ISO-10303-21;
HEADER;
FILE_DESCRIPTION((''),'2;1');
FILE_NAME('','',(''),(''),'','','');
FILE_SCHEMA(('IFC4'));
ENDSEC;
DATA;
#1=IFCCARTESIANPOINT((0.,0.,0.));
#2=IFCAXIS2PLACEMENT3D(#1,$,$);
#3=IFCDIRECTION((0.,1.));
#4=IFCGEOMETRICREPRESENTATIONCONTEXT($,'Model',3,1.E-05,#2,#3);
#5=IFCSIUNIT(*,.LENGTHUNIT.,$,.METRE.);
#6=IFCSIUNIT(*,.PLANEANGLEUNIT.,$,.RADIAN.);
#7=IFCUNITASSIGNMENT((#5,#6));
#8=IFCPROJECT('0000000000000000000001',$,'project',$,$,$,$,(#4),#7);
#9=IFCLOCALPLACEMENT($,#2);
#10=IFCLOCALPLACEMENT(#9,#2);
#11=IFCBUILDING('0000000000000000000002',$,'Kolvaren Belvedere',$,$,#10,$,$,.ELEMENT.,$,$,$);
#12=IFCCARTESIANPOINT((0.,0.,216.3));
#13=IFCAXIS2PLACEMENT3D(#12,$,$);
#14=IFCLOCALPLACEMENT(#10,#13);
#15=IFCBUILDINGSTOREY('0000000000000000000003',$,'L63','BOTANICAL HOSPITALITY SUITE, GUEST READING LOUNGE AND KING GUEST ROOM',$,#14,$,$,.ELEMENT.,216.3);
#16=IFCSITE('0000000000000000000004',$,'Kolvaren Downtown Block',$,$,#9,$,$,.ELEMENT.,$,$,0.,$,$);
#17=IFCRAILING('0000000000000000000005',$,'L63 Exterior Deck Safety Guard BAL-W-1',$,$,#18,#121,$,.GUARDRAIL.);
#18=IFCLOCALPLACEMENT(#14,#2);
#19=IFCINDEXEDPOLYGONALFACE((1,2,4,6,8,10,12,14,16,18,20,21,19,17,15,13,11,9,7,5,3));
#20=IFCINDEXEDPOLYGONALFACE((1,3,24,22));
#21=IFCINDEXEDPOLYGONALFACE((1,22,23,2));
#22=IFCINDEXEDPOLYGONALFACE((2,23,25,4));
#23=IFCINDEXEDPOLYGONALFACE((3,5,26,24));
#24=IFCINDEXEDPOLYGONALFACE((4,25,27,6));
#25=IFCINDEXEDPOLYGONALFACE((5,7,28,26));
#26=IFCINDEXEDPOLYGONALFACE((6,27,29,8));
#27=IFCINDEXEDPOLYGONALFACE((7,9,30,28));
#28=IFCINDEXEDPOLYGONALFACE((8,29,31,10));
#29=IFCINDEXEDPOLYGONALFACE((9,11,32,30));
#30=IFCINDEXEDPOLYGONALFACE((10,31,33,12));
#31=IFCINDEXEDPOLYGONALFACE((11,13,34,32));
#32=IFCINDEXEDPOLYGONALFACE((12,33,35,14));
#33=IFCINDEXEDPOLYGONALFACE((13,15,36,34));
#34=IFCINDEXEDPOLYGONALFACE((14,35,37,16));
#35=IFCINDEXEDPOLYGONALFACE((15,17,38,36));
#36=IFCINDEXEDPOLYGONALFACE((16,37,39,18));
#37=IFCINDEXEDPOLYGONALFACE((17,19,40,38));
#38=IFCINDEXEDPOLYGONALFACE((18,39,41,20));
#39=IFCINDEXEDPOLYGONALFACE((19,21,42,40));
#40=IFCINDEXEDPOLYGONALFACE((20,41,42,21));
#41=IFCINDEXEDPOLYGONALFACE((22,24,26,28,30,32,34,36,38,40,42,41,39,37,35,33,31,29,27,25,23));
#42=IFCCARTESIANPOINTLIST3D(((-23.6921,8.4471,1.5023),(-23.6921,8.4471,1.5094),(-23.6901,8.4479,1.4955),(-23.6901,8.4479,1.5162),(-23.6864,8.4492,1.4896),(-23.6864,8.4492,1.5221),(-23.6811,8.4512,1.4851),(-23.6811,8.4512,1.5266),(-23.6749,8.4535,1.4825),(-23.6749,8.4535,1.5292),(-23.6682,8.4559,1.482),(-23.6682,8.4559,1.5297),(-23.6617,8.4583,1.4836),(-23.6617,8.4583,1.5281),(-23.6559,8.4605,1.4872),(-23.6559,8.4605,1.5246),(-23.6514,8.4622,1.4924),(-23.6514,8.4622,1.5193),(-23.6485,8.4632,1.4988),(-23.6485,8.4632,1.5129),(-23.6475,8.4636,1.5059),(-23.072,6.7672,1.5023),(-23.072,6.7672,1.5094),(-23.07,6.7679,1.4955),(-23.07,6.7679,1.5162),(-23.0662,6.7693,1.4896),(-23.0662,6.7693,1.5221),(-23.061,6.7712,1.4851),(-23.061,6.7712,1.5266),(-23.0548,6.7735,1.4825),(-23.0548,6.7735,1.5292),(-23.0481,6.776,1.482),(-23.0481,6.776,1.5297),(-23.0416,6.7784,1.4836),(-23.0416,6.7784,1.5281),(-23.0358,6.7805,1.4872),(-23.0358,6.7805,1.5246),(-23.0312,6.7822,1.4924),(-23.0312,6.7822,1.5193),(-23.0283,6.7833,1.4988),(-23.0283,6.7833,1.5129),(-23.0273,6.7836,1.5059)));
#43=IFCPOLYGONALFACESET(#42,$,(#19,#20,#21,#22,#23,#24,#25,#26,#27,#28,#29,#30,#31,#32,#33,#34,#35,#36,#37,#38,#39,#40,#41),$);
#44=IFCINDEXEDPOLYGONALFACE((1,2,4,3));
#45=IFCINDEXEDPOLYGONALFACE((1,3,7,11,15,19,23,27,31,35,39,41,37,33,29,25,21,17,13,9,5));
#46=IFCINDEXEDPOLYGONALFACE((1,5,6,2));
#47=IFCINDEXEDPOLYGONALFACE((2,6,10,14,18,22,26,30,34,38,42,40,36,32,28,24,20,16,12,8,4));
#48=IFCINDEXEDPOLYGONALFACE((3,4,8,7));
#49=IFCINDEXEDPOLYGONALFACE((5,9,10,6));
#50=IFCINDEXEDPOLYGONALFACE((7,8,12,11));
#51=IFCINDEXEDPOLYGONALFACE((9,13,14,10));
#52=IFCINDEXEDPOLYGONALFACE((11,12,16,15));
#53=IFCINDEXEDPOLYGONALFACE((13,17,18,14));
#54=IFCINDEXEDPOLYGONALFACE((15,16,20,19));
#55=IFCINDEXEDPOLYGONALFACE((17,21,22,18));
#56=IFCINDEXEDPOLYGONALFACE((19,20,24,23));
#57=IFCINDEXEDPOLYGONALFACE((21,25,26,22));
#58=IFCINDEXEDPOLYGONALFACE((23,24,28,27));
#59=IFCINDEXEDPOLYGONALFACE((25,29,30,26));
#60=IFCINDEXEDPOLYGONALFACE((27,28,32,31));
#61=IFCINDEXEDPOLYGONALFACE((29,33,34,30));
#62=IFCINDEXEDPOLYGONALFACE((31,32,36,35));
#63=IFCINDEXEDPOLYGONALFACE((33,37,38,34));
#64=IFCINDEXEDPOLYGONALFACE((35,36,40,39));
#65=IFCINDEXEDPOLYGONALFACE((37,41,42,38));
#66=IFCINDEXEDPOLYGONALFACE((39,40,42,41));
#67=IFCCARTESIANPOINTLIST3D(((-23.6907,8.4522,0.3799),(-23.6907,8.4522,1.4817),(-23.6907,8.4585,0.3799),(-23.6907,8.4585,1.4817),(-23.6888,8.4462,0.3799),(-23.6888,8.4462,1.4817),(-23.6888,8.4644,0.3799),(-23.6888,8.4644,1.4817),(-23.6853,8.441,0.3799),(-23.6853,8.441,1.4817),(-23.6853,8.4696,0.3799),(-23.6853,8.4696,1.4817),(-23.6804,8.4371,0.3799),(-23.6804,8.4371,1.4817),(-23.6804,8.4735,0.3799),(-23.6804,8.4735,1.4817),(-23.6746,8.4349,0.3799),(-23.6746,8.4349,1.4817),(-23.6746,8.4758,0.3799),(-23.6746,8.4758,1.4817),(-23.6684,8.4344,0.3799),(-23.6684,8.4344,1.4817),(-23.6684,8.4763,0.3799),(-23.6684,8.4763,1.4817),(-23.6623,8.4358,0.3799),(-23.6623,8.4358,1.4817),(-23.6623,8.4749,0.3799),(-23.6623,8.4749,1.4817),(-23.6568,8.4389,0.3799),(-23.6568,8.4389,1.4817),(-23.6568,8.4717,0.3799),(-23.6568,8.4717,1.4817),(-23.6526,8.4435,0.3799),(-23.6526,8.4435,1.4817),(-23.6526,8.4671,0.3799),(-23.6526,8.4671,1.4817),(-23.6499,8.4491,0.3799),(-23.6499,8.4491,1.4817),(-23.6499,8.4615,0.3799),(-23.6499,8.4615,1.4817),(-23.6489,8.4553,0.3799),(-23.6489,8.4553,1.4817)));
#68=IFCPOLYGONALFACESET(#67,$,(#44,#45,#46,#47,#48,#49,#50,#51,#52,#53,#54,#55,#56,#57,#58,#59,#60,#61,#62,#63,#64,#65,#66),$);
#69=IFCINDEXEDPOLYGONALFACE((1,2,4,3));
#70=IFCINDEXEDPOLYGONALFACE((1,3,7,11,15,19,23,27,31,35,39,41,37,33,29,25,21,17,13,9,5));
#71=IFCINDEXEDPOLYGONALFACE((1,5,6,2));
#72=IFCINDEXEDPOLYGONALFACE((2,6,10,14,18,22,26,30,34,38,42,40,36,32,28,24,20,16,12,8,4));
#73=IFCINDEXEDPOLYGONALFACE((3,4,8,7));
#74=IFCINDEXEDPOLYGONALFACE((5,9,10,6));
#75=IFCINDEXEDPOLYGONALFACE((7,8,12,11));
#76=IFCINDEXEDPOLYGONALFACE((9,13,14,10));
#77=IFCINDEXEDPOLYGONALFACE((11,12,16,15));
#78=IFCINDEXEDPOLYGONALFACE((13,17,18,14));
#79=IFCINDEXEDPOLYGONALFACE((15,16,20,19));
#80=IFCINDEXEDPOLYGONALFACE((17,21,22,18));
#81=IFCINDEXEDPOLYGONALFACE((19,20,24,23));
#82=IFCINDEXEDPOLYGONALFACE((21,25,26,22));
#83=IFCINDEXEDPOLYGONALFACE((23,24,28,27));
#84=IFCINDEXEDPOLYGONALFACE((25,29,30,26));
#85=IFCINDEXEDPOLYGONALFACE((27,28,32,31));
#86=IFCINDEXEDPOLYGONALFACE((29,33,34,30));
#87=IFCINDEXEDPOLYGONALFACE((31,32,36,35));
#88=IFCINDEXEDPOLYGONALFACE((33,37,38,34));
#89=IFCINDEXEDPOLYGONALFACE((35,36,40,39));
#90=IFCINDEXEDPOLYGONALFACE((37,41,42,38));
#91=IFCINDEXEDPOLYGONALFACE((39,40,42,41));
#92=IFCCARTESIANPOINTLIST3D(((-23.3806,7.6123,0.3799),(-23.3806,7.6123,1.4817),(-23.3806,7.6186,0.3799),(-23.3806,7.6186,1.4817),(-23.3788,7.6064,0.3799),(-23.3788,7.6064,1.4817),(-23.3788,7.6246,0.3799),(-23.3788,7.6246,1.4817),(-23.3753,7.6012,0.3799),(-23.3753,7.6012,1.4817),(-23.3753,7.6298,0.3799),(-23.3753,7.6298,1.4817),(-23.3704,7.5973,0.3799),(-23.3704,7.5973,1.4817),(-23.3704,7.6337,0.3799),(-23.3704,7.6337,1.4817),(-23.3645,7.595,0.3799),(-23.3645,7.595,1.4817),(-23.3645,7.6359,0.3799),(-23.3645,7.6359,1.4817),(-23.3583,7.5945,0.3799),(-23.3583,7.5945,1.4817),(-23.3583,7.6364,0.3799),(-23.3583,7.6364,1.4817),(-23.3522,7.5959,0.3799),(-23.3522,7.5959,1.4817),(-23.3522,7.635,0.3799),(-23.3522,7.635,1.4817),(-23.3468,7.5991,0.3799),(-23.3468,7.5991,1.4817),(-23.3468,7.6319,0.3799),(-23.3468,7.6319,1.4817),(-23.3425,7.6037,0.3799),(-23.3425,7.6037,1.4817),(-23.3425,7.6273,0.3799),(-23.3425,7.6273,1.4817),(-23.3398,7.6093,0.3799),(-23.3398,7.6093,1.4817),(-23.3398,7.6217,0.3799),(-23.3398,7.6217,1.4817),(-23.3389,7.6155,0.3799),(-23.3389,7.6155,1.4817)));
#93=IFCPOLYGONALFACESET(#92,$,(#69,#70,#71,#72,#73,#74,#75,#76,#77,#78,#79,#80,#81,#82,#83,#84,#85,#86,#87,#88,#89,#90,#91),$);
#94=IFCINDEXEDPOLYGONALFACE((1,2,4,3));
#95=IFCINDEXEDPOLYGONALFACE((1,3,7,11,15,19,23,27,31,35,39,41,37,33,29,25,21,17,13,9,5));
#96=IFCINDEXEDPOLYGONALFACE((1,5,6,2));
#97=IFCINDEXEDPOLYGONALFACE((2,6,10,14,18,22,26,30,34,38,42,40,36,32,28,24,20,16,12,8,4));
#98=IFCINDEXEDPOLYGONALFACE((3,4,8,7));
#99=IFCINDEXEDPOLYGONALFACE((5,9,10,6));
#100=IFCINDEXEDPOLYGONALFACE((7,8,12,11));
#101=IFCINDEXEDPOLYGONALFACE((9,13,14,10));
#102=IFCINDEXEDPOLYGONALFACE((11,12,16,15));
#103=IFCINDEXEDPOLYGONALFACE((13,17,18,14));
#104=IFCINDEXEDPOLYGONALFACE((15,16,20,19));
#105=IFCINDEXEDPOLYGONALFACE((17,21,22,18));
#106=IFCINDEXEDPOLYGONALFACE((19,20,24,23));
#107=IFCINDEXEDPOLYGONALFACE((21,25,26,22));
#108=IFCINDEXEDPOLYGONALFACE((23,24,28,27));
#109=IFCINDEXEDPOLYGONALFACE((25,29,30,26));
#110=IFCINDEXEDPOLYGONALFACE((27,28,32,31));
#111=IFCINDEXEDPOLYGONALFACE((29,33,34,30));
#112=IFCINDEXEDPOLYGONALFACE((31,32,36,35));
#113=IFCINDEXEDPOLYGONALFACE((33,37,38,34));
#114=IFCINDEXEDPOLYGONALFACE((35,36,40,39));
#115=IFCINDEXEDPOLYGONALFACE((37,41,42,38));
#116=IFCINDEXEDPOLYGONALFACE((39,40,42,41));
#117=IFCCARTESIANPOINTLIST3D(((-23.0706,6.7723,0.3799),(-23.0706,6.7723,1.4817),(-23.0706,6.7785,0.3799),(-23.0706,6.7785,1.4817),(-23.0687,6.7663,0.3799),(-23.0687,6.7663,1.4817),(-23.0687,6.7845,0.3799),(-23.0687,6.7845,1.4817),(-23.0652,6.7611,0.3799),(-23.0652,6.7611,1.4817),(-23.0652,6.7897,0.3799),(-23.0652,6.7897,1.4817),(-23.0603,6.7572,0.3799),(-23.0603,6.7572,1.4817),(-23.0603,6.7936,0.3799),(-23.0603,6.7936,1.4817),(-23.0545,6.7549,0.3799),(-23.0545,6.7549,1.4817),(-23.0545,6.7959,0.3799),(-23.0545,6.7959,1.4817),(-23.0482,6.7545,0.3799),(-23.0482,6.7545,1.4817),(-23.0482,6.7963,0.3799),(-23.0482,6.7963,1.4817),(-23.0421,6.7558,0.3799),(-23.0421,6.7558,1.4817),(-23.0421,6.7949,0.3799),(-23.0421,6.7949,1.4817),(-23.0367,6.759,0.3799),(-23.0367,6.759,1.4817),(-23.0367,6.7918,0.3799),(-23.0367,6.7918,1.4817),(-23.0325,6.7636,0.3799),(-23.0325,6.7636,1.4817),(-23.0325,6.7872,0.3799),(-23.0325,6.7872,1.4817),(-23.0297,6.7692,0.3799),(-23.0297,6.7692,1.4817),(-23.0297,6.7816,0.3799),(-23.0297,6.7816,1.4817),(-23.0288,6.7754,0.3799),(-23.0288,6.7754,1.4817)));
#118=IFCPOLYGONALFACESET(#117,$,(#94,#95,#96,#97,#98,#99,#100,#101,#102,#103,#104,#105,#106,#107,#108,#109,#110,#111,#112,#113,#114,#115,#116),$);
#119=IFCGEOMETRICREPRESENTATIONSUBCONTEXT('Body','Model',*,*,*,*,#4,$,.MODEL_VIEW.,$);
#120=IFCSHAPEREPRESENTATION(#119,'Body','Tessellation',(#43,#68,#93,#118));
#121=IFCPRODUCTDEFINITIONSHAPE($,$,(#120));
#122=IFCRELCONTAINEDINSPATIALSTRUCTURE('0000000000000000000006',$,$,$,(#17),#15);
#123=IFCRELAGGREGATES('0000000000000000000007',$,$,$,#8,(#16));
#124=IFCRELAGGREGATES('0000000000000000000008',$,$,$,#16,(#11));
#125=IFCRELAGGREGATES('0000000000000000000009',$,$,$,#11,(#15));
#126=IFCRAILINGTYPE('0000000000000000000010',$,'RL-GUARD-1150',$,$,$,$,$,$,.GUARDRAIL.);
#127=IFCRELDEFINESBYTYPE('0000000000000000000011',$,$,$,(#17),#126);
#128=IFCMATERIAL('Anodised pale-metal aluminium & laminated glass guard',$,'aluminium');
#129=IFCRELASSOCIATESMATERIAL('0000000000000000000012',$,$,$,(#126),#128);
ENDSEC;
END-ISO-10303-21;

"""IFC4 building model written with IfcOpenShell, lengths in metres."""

from ifc_helpers import new_model, si_unit, direction, frame, origin, origin_2d, place, context, subcontext, project, spatial, circle, extrude, material, type_object, element, save


model = new_model("IFC4")

# Units and contexts
model_context = context("Model", 3, precision=1e-05, world=origin(), true_north=direction((0.0, 1.0)))
body_context = subcontext(model_context, "Body", "Model", "MODEL_VIEW")
ifc_project = project(units=[si_unit("LENGTHUNIT", "METRE"), si_unit("PLANEANGLEUNIT", "RADIAN")], contexts=[model_context])

# Site, building, storey
site_placement = place(None, origin())
site = spatial("IfcSite", under=ifc_project, at=site_placement, Name="Kolvaren Downtown Block", CompositionType="ELEMENT", RefElevation=0.0)
building_placement = place(site_placement, origin())
building = spatial("IfcBuilding", under=site, at=building_placement, Name="Kolvaren Belvedere", CompositionType="ELEMENT")
storey_placement = place(building_placement, frame((0.0, 0.0, 216.3)))
storey = spatial("IfcBuildingStorey", under=building, at=storey_placement, Name="L63", Description="BOTANICAL HOSPITALITY SUITE, GUEST READING LOUNGE AND KING GUEST ROOM", CompositionType="ELEMENT", Elevation=216.3)

# Railing
ifc_material_1 = material(Name="Anodised pale-metal aluminium & laminated glass guard", Category="aluminium")
railing_type = type_object("IfcRailingType", Name="RL-GUARD-1150", PredefinedType="GUARDRAIL", material=ifc_material_1)
railing_1_placement = place(storey_placement, frame((-23.6699, 8.4553, 0.3799)))
element("IfcRailing", 1, at=railing_1_placement, inside=storey, type_object=railing_type, Name="L63 Exterior Deck Safety Guard BAL-W-1", PredefinedType="GUARDRAIL", context=body_context, shape_type="SweptSolid", body=[
    extrude(circle(Radius=0.0239, at=origin_2d()), frame((0.0, 0.0, 1.126), z_axis=(0.346293, -0.938126, 0.0), x_axis=(0.938126, 0.346293, 0.0)), (0.0, 0.0, 1.0), 1.7908),
    extrude(circle(Radius=0.021, at=origin_2d()), origin(), (0.0, 0.0, 1.0), 1.1018),
    extrude(circle(Radius=0.021, at=origin_2d()), frame((0.3101, -0.8398, 0.0)), (0.0, 0.0, 1.0), 1.1018),
    extrude(circle(Radius=0.021, at=origin_2d()), frame((0.6201, -1.6799, 0.0)), (0.0, 0.0, 1.0), 1.1018),
])

save(model, "model.ifc")
